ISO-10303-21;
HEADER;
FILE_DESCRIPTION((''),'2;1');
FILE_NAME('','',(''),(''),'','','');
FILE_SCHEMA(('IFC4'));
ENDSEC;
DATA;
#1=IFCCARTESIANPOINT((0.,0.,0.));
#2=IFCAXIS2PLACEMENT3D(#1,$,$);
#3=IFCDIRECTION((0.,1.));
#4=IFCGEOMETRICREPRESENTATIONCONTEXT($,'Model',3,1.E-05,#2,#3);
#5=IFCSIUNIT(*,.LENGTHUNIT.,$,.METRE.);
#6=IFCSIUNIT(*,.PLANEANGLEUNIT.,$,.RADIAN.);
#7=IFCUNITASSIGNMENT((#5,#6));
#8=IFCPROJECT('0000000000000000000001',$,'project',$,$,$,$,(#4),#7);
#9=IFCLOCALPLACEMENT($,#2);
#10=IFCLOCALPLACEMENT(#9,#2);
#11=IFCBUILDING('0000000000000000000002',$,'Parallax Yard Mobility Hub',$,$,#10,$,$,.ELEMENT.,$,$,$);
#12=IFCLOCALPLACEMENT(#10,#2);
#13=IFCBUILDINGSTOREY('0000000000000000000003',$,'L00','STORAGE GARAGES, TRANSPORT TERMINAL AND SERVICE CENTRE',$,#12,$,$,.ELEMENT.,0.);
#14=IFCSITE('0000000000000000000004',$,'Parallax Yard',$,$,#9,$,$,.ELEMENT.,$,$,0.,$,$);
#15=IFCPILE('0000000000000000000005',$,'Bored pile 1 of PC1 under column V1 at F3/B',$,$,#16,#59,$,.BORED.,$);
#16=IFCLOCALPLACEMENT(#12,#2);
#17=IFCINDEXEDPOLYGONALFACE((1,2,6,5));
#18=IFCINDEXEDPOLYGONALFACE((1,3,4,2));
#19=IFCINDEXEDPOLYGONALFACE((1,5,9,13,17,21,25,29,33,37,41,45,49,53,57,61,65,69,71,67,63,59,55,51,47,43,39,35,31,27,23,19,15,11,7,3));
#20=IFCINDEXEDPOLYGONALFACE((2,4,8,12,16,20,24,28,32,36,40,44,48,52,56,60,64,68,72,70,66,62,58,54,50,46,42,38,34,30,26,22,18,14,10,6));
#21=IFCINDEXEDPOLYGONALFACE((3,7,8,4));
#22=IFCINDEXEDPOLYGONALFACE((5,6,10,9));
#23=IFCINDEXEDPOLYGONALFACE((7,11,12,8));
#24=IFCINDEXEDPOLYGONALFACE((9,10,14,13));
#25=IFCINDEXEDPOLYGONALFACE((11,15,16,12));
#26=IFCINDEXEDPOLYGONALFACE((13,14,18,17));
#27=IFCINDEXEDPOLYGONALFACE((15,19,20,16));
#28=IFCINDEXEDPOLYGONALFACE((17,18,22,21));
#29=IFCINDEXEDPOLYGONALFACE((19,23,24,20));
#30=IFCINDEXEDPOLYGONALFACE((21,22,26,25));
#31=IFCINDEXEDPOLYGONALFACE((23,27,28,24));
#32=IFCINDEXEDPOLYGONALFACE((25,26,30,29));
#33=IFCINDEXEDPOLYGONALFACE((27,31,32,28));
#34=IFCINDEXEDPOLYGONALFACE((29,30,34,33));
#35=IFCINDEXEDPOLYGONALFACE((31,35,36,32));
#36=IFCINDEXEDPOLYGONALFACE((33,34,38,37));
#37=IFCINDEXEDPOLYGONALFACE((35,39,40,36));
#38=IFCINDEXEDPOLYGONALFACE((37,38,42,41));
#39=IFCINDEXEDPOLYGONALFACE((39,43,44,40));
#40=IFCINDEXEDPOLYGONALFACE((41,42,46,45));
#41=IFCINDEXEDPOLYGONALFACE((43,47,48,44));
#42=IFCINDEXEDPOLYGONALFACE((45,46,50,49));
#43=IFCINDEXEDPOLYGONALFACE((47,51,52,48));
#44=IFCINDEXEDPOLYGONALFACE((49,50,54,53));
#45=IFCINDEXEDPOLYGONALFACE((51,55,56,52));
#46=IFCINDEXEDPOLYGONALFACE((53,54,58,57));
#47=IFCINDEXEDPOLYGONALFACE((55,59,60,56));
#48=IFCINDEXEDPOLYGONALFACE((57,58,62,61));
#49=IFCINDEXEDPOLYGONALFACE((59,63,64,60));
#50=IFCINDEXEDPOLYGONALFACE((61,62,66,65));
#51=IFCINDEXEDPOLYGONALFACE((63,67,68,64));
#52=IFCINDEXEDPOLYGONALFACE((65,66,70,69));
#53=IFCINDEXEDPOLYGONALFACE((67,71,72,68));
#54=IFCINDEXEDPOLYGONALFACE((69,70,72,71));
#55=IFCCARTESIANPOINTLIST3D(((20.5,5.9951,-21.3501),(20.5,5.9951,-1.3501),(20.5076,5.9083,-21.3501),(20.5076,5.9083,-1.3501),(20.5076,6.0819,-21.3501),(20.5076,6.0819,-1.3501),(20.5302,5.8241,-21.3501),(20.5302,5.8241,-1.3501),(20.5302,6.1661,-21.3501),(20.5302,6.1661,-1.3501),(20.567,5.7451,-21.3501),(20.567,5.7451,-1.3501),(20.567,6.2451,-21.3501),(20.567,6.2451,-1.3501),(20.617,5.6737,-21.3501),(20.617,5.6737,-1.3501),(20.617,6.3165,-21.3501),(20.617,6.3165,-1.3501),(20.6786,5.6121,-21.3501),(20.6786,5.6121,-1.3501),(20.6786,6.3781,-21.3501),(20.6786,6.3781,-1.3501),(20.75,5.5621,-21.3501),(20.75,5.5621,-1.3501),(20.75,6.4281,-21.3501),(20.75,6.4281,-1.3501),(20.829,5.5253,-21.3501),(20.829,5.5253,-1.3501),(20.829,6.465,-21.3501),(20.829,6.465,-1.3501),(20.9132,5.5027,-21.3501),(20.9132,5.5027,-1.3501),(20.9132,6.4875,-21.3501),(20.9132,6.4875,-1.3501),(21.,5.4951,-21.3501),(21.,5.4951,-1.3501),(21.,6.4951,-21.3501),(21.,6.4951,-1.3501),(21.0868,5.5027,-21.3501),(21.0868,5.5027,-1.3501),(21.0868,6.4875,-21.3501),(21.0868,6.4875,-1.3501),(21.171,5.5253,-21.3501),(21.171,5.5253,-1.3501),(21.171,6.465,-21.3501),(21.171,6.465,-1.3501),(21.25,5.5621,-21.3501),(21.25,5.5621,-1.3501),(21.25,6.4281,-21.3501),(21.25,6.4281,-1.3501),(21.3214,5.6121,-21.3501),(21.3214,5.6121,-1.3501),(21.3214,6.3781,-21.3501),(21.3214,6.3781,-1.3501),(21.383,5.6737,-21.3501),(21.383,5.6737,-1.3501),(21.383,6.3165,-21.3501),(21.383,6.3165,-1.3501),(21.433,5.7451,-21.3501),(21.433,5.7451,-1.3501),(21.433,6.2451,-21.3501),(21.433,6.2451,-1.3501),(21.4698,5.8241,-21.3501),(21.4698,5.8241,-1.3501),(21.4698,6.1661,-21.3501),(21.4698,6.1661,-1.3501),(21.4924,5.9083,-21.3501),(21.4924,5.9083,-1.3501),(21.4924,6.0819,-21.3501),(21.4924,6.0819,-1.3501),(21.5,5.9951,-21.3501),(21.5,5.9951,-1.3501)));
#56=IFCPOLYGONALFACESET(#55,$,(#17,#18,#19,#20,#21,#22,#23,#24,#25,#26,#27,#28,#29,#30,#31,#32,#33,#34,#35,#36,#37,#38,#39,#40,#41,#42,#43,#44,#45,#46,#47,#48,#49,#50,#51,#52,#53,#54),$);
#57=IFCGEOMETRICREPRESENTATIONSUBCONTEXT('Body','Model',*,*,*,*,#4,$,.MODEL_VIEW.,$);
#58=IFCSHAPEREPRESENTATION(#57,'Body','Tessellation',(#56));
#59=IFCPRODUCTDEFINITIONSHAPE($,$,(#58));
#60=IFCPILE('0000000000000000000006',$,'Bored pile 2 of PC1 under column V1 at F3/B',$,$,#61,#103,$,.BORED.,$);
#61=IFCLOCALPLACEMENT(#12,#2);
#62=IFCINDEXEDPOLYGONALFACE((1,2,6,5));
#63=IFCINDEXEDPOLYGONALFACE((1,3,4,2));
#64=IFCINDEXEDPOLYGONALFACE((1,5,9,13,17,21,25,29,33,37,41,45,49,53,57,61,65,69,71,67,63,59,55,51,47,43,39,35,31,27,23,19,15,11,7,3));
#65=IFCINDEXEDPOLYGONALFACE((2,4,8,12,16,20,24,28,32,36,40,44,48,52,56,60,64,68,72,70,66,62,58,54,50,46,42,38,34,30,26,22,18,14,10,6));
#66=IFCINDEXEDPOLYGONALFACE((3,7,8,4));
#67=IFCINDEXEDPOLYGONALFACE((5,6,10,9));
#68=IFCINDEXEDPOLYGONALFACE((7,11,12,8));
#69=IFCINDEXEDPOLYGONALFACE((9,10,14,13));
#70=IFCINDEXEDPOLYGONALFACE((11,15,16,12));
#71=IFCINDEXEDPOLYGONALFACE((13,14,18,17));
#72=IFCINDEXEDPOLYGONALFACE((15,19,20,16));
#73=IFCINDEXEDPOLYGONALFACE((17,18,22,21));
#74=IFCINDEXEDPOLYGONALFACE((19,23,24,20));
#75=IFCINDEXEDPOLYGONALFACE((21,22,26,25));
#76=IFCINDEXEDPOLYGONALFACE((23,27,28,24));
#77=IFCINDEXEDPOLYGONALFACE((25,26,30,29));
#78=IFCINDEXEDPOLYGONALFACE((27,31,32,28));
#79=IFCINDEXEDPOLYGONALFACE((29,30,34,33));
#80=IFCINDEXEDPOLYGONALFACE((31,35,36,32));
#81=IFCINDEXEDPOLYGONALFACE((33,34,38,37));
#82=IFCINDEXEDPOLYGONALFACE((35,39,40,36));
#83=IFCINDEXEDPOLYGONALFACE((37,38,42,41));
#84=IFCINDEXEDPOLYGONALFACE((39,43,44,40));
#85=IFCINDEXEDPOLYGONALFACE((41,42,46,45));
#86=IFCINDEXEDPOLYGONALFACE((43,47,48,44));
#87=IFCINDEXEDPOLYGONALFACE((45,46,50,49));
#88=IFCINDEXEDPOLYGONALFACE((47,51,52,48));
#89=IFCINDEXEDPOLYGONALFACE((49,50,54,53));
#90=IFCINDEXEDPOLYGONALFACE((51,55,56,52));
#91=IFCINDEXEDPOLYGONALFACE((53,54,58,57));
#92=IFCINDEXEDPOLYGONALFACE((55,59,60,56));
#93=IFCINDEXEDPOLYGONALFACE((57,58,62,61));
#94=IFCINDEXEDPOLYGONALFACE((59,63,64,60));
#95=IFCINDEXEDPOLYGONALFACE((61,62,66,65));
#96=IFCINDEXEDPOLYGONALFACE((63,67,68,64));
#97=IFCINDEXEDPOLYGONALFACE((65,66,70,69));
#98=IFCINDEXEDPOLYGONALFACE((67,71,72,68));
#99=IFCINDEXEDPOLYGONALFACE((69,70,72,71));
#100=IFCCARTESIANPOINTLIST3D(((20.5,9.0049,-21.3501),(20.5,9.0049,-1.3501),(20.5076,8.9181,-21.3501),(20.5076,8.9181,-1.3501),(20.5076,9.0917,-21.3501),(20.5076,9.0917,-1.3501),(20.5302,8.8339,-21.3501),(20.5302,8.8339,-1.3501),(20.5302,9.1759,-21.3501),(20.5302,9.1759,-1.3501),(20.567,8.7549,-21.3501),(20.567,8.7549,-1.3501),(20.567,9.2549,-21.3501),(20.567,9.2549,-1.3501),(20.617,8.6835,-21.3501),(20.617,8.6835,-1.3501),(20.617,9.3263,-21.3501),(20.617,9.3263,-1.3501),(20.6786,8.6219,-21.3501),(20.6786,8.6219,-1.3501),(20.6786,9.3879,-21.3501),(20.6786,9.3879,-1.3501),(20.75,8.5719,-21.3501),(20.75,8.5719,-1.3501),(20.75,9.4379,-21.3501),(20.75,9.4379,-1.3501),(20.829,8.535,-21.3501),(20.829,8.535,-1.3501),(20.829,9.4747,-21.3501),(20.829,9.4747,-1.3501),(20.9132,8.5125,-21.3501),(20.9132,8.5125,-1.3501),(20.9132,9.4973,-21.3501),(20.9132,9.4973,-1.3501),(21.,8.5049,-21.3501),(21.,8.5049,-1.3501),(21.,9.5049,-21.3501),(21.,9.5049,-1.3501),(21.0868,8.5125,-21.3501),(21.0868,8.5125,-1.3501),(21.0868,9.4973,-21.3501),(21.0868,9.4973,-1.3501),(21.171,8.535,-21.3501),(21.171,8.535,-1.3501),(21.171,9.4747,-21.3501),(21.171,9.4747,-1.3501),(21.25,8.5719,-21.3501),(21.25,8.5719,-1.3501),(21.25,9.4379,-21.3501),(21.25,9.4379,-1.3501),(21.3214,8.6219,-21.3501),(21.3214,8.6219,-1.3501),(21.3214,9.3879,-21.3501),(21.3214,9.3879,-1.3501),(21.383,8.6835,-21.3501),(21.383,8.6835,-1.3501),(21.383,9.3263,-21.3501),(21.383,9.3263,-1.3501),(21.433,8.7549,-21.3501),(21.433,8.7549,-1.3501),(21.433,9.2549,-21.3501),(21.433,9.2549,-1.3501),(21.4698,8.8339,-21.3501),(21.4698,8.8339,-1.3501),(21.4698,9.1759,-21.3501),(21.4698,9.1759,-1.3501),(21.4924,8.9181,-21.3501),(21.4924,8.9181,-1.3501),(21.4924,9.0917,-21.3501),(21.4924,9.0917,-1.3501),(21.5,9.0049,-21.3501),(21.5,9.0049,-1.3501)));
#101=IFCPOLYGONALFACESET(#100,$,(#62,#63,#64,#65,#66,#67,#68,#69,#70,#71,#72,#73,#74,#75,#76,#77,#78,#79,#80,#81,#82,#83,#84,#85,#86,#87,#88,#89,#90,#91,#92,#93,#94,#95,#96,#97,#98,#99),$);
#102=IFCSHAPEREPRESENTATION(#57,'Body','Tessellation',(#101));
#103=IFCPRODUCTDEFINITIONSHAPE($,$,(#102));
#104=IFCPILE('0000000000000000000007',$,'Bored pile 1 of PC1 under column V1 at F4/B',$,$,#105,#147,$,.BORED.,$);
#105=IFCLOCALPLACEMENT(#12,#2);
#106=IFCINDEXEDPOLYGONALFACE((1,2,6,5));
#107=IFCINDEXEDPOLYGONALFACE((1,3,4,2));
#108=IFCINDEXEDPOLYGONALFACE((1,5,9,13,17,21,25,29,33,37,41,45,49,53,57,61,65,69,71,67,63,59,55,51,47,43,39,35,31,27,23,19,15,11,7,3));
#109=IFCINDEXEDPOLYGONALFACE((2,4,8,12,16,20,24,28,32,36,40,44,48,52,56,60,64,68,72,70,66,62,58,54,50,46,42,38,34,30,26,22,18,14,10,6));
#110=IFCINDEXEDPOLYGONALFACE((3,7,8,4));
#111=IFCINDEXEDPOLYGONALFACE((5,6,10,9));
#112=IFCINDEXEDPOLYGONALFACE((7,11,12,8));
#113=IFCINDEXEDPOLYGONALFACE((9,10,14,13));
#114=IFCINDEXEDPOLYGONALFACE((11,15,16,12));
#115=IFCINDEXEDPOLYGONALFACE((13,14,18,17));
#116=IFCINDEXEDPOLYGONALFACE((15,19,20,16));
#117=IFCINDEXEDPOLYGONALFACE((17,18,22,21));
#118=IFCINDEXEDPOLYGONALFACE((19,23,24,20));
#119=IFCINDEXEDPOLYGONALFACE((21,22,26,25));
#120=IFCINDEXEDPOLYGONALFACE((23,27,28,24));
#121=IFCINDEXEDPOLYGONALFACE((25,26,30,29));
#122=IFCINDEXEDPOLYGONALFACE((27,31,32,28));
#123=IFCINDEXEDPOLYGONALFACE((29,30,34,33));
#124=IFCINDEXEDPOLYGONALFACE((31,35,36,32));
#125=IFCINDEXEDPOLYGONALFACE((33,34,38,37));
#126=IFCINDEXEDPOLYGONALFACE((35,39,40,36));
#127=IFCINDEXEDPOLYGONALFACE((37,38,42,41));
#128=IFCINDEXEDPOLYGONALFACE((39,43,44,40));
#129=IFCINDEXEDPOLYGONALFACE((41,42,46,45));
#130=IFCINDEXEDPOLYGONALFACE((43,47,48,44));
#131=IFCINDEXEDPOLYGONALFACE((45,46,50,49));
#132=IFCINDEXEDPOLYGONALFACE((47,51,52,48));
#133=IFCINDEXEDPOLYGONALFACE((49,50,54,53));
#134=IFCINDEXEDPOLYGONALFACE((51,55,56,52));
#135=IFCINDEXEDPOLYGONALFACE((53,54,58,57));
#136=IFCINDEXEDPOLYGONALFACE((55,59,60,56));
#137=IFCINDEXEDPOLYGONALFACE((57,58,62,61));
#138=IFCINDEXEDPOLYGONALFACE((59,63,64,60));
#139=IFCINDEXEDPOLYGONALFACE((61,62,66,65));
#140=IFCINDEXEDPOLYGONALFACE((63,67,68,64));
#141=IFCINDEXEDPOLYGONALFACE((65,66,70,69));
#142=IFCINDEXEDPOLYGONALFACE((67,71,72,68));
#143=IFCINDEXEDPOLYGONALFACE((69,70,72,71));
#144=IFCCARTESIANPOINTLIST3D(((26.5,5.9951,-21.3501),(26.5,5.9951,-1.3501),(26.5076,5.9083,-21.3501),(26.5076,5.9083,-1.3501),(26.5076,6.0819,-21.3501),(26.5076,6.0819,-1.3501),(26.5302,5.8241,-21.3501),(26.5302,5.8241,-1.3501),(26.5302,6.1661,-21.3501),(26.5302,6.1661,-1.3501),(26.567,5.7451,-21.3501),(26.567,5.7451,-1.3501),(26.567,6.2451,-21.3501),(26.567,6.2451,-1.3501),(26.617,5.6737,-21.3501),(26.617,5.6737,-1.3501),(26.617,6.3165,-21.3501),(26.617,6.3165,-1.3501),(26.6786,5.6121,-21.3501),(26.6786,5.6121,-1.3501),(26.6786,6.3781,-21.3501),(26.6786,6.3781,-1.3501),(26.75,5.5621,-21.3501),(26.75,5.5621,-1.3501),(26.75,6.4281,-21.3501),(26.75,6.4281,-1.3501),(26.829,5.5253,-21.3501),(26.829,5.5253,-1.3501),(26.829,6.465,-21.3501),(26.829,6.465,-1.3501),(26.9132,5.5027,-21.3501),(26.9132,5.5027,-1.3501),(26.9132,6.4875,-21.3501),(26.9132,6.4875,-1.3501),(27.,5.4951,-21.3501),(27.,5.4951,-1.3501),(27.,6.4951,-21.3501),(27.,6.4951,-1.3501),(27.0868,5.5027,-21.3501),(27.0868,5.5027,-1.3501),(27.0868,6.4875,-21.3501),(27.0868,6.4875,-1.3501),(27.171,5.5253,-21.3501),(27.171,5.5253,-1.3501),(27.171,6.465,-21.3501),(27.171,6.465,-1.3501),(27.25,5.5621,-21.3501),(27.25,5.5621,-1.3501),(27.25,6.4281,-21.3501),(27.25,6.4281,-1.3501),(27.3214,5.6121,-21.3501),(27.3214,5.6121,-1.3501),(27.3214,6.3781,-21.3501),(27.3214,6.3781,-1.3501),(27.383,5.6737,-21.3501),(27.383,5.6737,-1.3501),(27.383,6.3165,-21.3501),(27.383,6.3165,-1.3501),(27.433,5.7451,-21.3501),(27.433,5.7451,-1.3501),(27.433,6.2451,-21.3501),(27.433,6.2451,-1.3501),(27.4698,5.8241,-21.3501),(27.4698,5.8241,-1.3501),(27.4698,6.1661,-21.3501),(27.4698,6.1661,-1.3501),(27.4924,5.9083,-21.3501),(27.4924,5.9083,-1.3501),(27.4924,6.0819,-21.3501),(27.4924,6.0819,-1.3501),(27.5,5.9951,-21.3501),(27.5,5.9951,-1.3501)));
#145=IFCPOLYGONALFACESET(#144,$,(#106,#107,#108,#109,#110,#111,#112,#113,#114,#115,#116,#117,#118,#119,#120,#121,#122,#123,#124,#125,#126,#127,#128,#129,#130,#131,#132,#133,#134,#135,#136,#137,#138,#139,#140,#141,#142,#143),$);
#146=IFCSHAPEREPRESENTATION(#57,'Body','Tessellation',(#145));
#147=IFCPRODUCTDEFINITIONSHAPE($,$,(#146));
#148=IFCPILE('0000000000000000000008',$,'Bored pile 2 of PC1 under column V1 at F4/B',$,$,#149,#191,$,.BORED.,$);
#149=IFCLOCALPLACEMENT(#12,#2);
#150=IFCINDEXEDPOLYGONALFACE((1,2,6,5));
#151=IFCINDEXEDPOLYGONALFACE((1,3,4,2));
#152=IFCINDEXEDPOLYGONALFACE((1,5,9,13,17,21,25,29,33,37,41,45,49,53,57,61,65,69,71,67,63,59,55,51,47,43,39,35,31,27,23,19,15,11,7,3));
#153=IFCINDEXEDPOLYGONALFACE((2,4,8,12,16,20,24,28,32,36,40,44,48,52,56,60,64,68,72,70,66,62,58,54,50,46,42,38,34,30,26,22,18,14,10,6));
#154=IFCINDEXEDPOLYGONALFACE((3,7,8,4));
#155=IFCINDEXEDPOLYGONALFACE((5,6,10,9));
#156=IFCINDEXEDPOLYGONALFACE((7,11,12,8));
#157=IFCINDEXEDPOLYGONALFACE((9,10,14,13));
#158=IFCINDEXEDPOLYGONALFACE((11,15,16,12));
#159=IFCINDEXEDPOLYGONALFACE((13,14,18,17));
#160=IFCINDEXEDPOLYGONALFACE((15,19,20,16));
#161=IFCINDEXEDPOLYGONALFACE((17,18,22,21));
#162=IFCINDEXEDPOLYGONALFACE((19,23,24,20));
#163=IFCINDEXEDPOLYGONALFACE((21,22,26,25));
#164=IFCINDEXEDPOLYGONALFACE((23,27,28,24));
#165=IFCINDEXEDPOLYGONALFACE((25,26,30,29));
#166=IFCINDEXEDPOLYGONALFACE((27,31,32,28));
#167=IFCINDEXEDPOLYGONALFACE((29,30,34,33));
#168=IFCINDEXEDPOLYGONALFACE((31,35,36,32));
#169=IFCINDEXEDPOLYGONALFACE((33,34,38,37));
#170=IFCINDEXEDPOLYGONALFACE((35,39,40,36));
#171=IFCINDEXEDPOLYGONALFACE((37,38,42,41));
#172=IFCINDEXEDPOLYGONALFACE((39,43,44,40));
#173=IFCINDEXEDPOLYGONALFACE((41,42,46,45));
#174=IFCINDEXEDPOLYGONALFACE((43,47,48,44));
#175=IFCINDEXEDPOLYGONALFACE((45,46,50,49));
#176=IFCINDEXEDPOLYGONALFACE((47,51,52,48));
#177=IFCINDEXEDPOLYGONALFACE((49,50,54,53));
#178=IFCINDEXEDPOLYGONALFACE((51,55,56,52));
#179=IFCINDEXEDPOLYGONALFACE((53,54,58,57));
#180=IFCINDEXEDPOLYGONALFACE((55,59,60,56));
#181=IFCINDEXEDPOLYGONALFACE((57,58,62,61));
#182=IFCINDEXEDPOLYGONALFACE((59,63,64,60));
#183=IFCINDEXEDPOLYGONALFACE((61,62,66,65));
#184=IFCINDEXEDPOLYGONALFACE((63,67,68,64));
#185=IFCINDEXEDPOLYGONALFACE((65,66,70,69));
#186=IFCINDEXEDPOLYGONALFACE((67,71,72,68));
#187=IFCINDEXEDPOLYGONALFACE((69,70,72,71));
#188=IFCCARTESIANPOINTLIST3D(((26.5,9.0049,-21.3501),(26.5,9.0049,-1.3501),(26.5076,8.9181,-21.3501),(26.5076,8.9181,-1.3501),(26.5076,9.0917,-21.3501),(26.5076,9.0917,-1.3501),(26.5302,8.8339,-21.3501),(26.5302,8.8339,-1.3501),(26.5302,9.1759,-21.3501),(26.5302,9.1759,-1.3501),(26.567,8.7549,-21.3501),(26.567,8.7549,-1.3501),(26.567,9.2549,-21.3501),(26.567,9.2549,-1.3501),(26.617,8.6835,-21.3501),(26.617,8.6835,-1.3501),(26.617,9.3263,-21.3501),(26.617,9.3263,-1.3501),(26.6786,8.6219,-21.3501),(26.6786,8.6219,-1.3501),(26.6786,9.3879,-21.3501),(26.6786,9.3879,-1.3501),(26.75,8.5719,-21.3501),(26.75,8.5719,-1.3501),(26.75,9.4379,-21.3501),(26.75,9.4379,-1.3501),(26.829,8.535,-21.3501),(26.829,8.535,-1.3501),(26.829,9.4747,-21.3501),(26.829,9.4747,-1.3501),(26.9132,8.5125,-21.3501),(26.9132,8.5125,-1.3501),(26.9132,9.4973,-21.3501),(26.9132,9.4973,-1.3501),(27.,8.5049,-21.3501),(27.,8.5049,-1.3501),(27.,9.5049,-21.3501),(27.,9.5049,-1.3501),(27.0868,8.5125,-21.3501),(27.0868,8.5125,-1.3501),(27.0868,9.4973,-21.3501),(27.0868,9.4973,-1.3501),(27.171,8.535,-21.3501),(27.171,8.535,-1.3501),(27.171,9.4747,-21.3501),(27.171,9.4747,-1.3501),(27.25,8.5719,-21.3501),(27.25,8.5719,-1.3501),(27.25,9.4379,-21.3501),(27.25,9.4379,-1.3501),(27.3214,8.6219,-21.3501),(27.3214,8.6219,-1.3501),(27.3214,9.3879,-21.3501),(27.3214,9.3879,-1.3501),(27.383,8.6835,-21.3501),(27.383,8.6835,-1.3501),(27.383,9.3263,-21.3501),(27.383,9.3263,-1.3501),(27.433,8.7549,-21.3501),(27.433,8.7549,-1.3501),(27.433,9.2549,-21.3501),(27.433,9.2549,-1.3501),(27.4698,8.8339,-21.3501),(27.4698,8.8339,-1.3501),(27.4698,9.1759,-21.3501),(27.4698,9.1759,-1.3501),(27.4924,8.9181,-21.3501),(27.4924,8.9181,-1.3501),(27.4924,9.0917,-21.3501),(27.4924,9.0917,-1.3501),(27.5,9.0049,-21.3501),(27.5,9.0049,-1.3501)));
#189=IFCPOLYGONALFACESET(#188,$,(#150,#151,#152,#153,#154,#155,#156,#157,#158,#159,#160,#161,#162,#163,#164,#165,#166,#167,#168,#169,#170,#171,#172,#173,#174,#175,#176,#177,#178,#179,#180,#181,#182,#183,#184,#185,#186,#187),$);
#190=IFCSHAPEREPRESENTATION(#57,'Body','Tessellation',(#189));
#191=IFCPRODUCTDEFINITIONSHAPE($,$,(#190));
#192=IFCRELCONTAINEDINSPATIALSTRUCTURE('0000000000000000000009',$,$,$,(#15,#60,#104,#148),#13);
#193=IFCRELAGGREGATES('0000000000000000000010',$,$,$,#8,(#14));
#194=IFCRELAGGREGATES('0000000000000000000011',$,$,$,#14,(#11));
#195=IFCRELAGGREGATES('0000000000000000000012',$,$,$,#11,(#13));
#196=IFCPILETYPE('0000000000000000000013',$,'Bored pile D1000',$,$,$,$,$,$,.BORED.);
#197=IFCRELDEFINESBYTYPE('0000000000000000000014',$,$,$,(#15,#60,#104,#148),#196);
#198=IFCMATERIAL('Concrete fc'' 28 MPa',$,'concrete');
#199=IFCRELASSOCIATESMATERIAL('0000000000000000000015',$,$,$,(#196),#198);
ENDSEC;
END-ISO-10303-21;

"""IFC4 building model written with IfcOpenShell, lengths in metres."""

from ifc_helpers import new_model, si_unit, direction, frame, origin, origin_2d, place, context, subcontext, project, spatial, circle, extrude, material, material_profile, profile_set, type_object, element, save


model = new_model("IFC4")

# Units and contexts
model_context = context("Model", 3, precision=1e-05, world=origin(), true_north=direction((0.0, 1.0)))
body_context = subcontext(model_context, "Body", "Model", "MODEL_VIEW")
ifc_project = project(units=[si_unit("LENGTHUNIT", "METRE"), si_unit("PLANEANGLEUNIT", "RADIAN")], contexts=[model_context])

# Site, building, storey
site_placement = place(None, origin())
site = spatial("IfcSite", under=ifc_project, at=site_placement, Name="Parallax Yard", CompositionType="ELEMENT", RefElevation=0.0)
building_placement = place(site_placement, origin())
building = spatial("IfcBuilding", under=site, at=building_placement, Name="Parallax Yard Mobility Hub", CompositionType="ELEMENT")
storey_placement = place(building_placement, origin())
storey = spatial("IfcBuildingStorey", under=building, at=storey_placement, Name="L00", Description="STORAGE GARAGES, TRANSPORT TERMINAL AND SERVICE CENTRE", CompositionType="ELEMENT", Elevation=0.0)

# Piles
ifc_material_1 = material(Name="Concrete fc' 28 MPa", Category="concrete")
ifc_material_profile_1 = material_profile(ifc_material_1, circle(Radius=0.5, at=origin_2d()), Name="Bored pile D1000")
ifc_profile_set_1 = profile_set([ifc_material_profile_1], Name="Concrete fc' 28 MPa")
pile_type = type_object("IfcPileType", Name="Bored pile D1000", PredefinedType="BORED", material=ifc_profile_set_1)
for number, where, z_axis, x_axis, name in (
    (1, (21.0, 5.9951, -1.3501), (0.0, 0.0, -1.0), (1.0, 0.0, 0.0), "Bored pile 1 of PC1 under column V1 at F3/B"),
    (2, (21.0, 9.0049, -1.3501), (0.0, 0.0, -1.0), (1.0, 0.0, 0.0), "Bored pile 2 of PC1 under column V1 at F3/B"),
    (3, (27.0, 5.9951, -1.3501), (0.0, 0.0, -1.0), (1.0, 0.0, 0.0), "Bored pile 1 of PC1 under column V1 at F4/B"),
    (4, (27.0, 9.0049, -1.3501), (0.0, 0.0, -1.0), (1.0, 0.0, 0.0), "Bored pile 2 of PC1 under column V1 at F4/B"),
):
    element("IfcPile", number, at=place(storey_placement, frame(where, z_axis=z_axis, x_axis=x_axis)), inside=storey, type_object=pile_type, Name=name, PredefinedType="BORED", context=body_context, shape_type="SweptSolid", body=[
        extrude(circle(Radius=0.5, at=origin_2d()), origin(), (0.0, 0.0, 1.0), 20.0),
    ])

save(model, "model.ifc")
